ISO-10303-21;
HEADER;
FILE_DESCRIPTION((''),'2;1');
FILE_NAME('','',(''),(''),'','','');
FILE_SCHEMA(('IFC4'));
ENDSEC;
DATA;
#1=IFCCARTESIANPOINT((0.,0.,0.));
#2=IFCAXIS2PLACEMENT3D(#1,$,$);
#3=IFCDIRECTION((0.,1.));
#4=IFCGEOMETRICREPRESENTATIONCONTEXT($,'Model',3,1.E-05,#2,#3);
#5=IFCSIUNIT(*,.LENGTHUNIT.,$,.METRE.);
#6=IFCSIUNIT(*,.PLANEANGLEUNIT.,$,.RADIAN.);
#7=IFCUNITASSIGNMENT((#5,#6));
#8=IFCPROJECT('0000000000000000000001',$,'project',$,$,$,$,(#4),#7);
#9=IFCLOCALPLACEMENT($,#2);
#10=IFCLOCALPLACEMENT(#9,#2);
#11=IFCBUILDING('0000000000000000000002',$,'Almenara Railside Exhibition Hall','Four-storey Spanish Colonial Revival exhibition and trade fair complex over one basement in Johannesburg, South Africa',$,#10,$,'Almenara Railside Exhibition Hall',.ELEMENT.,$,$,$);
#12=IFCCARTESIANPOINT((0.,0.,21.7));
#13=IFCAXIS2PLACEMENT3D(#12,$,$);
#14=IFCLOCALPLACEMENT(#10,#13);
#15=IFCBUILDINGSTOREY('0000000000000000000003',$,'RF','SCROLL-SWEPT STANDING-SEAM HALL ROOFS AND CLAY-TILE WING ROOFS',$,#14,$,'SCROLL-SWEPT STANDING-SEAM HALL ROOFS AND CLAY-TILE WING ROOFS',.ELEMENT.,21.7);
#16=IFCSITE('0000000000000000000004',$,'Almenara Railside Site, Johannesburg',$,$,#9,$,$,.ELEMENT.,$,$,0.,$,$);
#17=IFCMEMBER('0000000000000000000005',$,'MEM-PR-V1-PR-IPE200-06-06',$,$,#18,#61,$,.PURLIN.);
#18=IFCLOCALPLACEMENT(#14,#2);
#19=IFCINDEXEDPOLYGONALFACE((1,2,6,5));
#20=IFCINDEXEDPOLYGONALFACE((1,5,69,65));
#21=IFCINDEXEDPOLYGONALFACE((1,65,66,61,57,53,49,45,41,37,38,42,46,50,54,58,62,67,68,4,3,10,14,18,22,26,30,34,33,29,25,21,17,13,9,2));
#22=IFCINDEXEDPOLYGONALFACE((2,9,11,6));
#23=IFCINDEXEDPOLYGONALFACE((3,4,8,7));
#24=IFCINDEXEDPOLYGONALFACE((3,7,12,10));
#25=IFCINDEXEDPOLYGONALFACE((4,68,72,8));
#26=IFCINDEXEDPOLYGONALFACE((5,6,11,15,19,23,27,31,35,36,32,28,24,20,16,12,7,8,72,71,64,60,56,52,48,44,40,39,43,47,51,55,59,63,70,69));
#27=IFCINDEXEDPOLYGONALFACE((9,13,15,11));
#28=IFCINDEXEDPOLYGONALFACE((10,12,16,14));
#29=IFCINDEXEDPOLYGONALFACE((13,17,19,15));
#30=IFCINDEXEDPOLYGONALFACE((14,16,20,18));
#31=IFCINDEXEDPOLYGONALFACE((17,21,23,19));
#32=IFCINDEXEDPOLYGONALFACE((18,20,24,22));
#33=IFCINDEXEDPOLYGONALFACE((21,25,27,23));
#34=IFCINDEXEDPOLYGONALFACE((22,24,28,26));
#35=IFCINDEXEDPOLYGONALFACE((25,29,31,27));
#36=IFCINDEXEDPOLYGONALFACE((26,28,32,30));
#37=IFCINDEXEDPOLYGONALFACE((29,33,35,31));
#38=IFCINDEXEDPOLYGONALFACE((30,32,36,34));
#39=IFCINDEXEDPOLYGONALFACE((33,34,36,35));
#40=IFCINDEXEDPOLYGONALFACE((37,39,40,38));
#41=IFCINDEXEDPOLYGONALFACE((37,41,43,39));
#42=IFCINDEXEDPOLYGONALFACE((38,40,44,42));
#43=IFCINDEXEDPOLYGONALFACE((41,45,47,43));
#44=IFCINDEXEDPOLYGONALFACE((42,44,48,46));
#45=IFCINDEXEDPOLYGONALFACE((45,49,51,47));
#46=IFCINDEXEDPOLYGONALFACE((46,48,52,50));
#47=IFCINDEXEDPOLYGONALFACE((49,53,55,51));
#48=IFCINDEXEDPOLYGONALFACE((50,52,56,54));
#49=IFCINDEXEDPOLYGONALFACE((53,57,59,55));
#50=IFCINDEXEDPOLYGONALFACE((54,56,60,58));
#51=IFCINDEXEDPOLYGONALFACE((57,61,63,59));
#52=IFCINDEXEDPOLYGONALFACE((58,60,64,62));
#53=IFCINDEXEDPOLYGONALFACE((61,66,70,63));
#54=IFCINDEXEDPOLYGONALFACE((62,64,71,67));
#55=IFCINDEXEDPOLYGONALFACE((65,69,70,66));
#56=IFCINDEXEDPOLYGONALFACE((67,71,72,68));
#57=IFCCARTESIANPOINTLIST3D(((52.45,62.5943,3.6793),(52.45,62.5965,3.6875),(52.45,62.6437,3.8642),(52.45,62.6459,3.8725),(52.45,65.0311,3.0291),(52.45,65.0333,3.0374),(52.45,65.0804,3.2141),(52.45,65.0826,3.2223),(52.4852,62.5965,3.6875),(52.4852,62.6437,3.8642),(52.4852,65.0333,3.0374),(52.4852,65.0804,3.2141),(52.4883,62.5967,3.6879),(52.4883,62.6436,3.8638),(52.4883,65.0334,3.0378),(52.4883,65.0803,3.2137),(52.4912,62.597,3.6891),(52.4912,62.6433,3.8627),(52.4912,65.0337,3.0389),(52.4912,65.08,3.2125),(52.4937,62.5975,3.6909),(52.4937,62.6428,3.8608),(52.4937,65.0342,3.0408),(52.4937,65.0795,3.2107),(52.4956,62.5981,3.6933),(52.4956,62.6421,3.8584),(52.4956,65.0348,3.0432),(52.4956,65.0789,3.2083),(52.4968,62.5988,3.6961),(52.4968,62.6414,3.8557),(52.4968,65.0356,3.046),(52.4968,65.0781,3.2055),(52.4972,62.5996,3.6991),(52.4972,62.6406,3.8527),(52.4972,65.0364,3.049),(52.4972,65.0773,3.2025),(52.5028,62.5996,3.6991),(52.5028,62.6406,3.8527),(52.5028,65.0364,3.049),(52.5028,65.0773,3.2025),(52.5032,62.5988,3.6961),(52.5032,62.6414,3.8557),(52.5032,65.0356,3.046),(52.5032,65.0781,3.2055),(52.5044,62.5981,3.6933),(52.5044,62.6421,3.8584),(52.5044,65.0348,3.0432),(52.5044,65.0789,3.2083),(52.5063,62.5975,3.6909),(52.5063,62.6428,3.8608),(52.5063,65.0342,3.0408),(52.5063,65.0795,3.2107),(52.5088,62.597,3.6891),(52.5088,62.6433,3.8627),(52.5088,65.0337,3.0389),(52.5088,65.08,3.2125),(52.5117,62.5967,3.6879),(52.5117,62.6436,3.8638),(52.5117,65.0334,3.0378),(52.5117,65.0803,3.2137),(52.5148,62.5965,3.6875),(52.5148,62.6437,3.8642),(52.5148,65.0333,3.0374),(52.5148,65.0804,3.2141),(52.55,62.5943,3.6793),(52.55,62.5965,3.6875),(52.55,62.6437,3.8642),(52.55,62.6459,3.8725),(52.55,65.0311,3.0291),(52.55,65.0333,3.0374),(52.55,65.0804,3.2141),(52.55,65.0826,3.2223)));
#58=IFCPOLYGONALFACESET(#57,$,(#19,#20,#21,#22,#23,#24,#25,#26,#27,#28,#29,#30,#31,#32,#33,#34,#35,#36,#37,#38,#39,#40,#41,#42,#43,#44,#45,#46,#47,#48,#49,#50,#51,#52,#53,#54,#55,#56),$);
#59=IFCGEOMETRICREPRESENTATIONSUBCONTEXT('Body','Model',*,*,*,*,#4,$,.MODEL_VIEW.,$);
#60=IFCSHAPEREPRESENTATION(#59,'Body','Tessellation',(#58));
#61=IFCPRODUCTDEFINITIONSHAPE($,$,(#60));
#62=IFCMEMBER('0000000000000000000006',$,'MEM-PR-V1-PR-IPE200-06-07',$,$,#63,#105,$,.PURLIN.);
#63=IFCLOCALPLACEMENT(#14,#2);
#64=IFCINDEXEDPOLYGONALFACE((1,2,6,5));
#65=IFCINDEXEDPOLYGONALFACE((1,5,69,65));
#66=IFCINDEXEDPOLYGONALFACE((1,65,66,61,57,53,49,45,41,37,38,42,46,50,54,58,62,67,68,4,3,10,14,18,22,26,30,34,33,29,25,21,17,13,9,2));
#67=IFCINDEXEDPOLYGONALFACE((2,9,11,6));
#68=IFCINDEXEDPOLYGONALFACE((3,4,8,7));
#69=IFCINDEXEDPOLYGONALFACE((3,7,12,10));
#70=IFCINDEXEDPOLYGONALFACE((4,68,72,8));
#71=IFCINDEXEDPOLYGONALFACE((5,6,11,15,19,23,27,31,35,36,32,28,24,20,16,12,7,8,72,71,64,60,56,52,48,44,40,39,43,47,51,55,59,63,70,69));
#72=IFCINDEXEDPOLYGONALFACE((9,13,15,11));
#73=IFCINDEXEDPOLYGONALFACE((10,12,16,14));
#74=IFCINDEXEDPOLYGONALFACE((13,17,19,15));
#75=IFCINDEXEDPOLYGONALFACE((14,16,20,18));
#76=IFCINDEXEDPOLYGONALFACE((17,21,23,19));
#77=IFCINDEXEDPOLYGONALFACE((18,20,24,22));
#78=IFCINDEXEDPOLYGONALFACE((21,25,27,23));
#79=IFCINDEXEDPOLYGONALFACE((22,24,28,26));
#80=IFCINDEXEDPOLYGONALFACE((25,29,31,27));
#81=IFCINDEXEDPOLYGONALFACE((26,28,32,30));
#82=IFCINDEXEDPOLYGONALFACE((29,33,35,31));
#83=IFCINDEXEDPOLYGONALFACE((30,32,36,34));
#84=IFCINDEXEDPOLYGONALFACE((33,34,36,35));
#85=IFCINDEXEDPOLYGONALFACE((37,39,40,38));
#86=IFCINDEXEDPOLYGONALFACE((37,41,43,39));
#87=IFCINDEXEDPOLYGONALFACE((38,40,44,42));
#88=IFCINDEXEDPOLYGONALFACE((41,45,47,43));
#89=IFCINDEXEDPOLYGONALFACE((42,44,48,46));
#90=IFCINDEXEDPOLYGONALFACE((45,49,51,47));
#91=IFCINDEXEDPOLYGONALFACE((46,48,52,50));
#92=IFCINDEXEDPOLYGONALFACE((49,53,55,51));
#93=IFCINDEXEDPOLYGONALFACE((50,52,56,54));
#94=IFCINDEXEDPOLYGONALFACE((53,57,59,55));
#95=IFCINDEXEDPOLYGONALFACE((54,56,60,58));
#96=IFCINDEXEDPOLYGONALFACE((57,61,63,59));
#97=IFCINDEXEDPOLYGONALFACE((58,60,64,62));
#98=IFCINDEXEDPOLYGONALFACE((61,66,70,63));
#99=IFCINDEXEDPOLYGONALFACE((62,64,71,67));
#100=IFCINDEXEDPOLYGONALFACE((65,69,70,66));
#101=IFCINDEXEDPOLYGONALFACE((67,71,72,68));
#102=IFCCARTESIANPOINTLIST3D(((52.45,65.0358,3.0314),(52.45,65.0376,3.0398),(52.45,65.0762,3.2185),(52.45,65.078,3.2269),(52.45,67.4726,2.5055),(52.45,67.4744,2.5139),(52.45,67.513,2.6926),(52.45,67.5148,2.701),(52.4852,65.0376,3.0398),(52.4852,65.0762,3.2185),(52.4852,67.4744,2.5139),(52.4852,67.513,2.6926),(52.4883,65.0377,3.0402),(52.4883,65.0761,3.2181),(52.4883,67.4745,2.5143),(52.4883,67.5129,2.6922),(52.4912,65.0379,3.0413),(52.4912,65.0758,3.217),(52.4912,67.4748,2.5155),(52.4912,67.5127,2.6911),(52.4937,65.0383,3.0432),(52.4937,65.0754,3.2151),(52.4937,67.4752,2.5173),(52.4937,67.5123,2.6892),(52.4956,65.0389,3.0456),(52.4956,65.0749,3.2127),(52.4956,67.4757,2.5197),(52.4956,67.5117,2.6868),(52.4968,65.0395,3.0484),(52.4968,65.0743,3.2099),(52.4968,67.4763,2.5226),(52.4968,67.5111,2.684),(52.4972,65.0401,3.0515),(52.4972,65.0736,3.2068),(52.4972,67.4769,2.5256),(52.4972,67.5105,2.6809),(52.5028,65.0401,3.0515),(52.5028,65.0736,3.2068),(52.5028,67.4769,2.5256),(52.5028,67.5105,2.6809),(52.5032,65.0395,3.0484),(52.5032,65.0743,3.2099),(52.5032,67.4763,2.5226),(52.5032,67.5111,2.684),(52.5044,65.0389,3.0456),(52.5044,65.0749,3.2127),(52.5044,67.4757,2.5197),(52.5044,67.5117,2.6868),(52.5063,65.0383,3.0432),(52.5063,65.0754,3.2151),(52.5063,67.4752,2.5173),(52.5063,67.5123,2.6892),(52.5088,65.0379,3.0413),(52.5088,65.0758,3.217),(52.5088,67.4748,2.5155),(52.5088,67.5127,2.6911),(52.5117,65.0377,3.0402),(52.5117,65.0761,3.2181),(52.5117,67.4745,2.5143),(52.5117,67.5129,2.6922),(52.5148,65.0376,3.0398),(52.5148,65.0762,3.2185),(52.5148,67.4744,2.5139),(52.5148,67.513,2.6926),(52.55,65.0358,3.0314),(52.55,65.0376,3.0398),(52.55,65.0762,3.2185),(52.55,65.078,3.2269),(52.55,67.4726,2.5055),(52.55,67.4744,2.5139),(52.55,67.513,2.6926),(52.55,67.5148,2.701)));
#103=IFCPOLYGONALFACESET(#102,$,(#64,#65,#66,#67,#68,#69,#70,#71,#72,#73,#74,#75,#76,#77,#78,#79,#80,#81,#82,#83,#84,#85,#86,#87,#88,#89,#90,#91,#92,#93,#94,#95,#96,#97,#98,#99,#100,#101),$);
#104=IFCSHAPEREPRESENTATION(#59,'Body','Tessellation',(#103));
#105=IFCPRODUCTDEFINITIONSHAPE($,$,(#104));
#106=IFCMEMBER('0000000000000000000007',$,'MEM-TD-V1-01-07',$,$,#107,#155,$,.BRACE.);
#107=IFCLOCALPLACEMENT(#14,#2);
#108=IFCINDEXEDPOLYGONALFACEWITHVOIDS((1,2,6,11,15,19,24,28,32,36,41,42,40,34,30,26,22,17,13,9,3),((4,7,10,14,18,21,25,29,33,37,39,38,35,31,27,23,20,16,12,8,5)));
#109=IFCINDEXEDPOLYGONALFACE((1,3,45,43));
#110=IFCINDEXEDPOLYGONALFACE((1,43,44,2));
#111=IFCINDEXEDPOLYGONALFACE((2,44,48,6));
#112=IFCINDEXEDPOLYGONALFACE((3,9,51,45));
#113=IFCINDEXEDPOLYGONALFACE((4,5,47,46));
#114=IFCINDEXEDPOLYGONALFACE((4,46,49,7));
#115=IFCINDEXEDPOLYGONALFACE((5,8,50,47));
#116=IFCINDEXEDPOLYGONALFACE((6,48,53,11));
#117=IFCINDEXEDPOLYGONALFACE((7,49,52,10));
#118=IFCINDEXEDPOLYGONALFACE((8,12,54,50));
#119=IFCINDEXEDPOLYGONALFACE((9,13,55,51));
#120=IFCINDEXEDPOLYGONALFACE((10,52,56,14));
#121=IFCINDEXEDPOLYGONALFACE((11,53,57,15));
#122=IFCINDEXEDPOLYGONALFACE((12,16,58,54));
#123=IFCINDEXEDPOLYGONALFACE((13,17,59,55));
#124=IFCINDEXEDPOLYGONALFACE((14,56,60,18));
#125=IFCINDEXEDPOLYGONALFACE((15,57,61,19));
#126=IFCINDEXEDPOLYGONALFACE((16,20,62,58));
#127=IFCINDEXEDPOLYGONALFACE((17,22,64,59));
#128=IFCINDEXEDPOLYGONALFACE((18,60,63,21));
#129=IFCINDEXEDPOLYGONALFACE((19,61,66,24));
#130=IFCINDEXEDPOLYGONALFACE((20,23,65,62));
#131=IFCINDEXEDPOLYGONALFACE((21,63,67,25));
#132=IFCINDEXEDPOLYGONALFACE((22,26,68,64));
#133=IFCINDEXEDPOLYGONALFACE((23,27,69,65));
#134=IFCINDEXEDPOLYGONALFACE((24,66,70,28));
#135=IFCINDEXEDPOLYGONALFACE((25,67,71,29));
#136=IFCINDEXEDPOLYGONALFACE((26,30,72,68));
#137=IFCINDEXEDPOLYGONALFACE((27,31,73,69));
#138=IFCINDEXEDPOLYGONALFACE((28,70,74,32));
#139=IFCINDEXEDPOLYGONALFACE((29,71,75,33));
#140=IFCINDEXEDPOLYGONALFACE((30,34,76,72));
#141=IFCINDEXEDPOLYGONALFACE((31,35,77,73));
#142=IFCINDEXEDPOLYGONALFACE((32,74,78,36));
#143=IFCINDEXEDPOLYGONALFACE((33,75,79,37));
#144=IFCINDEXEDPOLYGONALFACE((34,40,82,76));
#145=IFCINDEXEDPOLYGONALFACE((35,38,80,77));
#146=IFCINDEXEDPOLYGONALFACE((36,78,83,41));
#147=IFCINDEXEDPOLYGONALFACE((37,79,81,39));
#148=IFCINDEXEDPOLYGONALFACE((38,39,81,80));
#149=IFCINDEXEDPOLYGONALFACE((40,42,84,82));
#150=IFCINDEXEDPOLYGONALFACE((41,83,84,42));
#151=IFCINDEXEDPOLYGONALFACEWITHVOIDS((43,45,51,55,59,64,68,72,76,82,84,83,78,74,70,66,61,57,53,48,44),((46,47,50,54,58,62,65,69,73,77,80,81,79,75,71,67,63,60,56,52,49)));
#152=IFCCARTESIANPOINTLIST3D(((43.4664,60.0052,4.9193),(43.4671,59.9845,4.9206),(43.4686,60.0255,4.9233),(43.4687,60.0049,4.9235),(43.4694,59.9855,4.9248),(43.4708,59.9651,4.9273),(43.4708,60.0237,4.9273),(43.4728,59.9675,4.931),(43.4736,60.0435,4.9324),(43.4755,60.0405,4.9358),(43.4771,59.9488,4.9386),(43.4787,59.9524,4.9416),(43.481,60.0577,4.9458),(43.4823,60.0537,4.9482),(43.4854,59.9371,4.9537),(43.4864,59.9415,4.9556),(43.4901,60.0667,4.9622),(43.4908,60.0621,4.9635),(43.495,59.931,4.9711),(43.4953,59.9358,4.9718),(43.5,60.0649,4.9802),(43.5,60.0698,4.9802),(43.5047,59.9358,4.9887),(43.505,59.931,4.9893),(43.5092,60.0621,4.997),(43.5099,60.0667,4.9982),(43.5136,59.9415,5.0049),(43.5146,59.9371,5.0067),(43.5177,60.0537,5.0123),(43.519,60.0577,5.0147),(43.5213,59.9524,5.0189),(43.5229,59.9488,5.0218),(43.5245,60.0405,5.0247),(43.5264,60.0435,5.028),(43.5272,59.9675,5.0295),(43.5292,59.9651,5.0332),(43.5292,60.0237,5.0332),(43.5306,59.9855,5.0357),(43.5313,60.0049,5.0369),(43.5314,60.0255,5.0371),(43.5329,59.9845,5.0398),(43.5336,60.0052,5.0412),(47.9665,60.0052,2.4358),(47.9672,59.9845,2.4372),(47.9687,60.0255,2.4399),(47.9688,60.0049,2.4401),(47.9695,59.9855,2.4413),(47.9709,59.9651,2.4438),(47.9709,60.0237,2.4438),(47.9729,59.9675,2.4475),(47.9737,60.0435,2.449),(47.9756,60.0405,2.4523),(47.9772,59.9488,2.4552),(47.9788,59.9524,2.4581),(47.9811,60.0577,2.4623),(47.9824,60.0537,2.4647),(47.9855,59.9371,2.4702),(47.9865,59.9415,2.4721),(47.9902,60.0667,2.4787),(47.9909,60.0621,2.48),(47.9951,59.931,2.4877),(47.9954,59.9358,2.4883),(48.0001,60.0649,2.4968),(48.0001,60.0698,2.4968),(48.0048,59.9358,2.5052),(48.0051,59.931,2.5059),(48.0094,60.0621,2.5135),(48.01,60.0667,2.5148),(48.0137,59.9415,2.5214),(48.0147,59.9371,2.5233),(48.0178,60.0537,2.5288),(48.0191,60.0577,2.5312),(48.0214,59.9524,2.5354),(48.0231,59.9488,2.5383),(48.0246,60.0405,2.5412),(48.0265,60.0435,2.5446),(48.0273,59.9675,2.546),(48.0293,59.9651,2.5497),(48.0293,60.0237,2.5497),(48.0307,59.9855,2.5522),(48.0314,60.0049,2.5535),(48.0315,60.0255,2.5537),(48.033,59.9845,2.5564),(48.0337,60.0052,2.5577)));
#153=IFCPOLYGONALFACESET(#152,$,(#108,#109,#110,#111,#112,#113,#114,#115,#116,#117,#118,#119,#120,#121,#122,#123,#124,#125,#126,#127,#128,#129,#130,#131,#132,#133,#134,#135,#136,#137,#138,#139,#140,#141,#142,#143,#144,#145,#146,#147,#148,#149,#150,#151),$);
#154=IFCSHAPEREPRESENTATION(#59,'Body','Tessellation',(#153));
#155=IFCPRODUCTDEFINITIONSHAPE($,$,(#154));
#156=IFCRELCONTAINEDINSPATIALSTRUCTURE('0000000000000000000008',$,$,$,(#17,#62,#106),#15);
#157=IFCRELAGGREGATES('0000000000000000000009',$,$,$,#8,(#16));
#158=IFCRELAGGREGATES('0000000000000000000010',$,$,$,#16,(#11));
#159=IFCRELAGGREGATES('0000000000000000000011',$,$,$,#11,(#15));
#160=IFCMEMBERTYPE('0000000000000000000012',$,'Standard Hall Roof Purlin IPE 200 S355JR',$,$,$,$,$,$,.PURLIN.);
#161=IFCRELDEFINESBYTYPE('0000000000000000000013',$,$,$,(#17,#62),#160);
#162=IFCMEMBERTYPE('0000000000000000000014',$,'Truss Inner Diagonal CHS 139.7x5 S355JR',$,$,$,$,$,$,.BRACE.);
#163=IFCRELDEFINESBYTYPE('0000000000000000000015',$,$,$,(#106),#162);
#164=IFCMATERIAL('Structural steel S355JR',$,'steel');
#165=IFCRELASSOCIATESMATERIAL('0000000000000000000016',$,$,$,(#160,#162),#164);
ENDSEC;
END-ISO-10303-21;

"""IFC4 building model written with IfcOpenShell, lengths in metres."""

from ifc_helpers import new_model, si_unit, direction, frame, origin, origin_2d, place, context, subcontext, project, spatial, hollow_circle, i_section, extrude, material, material_profile, profile_set, type_object, element, save


model = new_model("IFC4")

# Units and contexts
model_context = context("Model", 3, precision=1e-05, world=origin(), true_north=direction((0.0, 1.0)))
body_context = subcontext(model_context, "Body", "Model", "MODEL_VIEW")
ifc_project = project(units=[si_unit("LENGTHUNIT", "METRE"), si_unit("PLANEANGLEUNIT", "RADIAN")], contexts=[model_context])

# Site, building, storey
site_placement = place(None, origin())
site = spatial("IfcSite", under=ifc_project, at=site_placement, Name="Almenara Railside Site, Johannesburg", CompositionType="ELEMENT", RefElevation=0.0)
building_placement = place(site_placement, origin())
building = spatial("IfcBuilding", under=site, at=building_placement, Name="Almenara Railside Exhibition Hall", Description="Four-storey Spanish Colonial Revival exhibition and trade fair complex over one basement in Johannesburg, South Africa", LongName="Almenara Railside Exhibition Hall", CompositionType="ELEMENT")
storey_placement = place(building_placement, frame((0.0, 0.0, 21.7)))
storey = spatial("IfcBuildingStorey", under=building, at=storey_placement, Name="RF", Description="SCROLL-SWEPT STANDING-SEAM HALL ROOFS AND CLAY-TILE WING ROOFS", LongName="SCROLL-SWEPT STANDING-SEAM HALL ROOFS AND CLAY-TILE WING ROOFS", CompositionType="ELEMENT", Elevation=21.7)

# Members
ifc_material_1 = material(Name="Structural steel S355JR", Category="steel")
ifc_material_profile_1 = material_profile(ifc_material_1, i_section(OverallWidth=0.1001, OverallDepth=0.2, WebThickness=0.0056, FlangeThickness=0.0085, FilletRadius=0.012, at=origin_2d()), Name="IPE 200")
ifc_profile_set_1 = profile_set([ifc_material_profile_1], Name="Structural steel S355JR")
member_type_1 = type_object("IfcMemberType", Name="Standard Hall Roof Purlin IPE 200 S355JR", PredefinedType="PURLIN", material=ifc_profile_set_1)
member_1_placement = place(storey_placement, frame((52.5, 62.6201, 3.7759), z_axis=(0.0, 0.966201, -0.257789), x_axis=(-1.0, 0.0, 0.0)))
element("IfcMember", 1, at=member_1_placement, inside=storey, type_object=member_type_1, Name="MEM-PR-V1-PR-IPE200-06-06", PredefinedType="PURLIN", context=body_context, shape_type="SweptSolid", body=[
    extrude(i_section(OverallWidth=0.1001, OverallDepth=0.2, WebThickness=0.0056, FlangeThickness=0.0085, FilletRadius=0.012, at=origin_2d()), origin(), (0.0, 0.0, 1.0), 2.522),
])
member_2_placement = place(storey_placement, frame((52.5, 65.0569, 3.1292), z_axis=(0.0, 0.977496, -0.210953), x_axis=(-1.0, 0.0, 0.0)))
element("IfcMember", 2, at=member_2_placement, inside=storey, type_object=member_type_1, Name="MEM-PR-V1-PR-IPE200-06-07", PredefinedType="PURLIN", context=body_context, shape_type="SweptSolid", body=[
    extrude(i_section(OverallWidth=0.1001, OverallDepth=0.2, WebThickness=0.0056, FlangeThickness=0.0085, FilletRadius=0.012, at=origin_2d()), origin(), (0.0, 0.0, 1.0), 2.4929),
])
ifc_material_profile_2 = material_profile(ifc_material_1, hollow_circle(Radius=0.0698, WallThickness=0.0049, at=origin_2d()), Name="CHS 139.7x5")
ifc_profile_set_2 = profile_set([ifc_material_profile_2], Name="Structural steel S355JR")
member_type_2 = type_object("IfcMemberType", Name="Truss Inner Diagonal CHS 139.7x5 S355JR", PredefinedType="BRACE", material=ifc_profile_set_2)
member_3_placement = place(storey_placement, frame((43.5, 60.0, 4.9802), z_axis=(0.875525, 0.0, -0.483173), x_axis=(0.0, 1.0, 0.0)))
element("IfcMember", 3, at=member_3_placement, inside=storey, type_object=member_type_2, Name="MEM-TD-V1-01-07", PredefinedType="BRACE", context=body_context, shape_type="SweptSolid", body=[
    extrude(hollow_circle(Radius=0.0698, WallThickness=0.0049, at=origin_2d()), origin(), (0.0, 0.0, 1.0), 5.1399),
])

save(model, "model.ifc")
